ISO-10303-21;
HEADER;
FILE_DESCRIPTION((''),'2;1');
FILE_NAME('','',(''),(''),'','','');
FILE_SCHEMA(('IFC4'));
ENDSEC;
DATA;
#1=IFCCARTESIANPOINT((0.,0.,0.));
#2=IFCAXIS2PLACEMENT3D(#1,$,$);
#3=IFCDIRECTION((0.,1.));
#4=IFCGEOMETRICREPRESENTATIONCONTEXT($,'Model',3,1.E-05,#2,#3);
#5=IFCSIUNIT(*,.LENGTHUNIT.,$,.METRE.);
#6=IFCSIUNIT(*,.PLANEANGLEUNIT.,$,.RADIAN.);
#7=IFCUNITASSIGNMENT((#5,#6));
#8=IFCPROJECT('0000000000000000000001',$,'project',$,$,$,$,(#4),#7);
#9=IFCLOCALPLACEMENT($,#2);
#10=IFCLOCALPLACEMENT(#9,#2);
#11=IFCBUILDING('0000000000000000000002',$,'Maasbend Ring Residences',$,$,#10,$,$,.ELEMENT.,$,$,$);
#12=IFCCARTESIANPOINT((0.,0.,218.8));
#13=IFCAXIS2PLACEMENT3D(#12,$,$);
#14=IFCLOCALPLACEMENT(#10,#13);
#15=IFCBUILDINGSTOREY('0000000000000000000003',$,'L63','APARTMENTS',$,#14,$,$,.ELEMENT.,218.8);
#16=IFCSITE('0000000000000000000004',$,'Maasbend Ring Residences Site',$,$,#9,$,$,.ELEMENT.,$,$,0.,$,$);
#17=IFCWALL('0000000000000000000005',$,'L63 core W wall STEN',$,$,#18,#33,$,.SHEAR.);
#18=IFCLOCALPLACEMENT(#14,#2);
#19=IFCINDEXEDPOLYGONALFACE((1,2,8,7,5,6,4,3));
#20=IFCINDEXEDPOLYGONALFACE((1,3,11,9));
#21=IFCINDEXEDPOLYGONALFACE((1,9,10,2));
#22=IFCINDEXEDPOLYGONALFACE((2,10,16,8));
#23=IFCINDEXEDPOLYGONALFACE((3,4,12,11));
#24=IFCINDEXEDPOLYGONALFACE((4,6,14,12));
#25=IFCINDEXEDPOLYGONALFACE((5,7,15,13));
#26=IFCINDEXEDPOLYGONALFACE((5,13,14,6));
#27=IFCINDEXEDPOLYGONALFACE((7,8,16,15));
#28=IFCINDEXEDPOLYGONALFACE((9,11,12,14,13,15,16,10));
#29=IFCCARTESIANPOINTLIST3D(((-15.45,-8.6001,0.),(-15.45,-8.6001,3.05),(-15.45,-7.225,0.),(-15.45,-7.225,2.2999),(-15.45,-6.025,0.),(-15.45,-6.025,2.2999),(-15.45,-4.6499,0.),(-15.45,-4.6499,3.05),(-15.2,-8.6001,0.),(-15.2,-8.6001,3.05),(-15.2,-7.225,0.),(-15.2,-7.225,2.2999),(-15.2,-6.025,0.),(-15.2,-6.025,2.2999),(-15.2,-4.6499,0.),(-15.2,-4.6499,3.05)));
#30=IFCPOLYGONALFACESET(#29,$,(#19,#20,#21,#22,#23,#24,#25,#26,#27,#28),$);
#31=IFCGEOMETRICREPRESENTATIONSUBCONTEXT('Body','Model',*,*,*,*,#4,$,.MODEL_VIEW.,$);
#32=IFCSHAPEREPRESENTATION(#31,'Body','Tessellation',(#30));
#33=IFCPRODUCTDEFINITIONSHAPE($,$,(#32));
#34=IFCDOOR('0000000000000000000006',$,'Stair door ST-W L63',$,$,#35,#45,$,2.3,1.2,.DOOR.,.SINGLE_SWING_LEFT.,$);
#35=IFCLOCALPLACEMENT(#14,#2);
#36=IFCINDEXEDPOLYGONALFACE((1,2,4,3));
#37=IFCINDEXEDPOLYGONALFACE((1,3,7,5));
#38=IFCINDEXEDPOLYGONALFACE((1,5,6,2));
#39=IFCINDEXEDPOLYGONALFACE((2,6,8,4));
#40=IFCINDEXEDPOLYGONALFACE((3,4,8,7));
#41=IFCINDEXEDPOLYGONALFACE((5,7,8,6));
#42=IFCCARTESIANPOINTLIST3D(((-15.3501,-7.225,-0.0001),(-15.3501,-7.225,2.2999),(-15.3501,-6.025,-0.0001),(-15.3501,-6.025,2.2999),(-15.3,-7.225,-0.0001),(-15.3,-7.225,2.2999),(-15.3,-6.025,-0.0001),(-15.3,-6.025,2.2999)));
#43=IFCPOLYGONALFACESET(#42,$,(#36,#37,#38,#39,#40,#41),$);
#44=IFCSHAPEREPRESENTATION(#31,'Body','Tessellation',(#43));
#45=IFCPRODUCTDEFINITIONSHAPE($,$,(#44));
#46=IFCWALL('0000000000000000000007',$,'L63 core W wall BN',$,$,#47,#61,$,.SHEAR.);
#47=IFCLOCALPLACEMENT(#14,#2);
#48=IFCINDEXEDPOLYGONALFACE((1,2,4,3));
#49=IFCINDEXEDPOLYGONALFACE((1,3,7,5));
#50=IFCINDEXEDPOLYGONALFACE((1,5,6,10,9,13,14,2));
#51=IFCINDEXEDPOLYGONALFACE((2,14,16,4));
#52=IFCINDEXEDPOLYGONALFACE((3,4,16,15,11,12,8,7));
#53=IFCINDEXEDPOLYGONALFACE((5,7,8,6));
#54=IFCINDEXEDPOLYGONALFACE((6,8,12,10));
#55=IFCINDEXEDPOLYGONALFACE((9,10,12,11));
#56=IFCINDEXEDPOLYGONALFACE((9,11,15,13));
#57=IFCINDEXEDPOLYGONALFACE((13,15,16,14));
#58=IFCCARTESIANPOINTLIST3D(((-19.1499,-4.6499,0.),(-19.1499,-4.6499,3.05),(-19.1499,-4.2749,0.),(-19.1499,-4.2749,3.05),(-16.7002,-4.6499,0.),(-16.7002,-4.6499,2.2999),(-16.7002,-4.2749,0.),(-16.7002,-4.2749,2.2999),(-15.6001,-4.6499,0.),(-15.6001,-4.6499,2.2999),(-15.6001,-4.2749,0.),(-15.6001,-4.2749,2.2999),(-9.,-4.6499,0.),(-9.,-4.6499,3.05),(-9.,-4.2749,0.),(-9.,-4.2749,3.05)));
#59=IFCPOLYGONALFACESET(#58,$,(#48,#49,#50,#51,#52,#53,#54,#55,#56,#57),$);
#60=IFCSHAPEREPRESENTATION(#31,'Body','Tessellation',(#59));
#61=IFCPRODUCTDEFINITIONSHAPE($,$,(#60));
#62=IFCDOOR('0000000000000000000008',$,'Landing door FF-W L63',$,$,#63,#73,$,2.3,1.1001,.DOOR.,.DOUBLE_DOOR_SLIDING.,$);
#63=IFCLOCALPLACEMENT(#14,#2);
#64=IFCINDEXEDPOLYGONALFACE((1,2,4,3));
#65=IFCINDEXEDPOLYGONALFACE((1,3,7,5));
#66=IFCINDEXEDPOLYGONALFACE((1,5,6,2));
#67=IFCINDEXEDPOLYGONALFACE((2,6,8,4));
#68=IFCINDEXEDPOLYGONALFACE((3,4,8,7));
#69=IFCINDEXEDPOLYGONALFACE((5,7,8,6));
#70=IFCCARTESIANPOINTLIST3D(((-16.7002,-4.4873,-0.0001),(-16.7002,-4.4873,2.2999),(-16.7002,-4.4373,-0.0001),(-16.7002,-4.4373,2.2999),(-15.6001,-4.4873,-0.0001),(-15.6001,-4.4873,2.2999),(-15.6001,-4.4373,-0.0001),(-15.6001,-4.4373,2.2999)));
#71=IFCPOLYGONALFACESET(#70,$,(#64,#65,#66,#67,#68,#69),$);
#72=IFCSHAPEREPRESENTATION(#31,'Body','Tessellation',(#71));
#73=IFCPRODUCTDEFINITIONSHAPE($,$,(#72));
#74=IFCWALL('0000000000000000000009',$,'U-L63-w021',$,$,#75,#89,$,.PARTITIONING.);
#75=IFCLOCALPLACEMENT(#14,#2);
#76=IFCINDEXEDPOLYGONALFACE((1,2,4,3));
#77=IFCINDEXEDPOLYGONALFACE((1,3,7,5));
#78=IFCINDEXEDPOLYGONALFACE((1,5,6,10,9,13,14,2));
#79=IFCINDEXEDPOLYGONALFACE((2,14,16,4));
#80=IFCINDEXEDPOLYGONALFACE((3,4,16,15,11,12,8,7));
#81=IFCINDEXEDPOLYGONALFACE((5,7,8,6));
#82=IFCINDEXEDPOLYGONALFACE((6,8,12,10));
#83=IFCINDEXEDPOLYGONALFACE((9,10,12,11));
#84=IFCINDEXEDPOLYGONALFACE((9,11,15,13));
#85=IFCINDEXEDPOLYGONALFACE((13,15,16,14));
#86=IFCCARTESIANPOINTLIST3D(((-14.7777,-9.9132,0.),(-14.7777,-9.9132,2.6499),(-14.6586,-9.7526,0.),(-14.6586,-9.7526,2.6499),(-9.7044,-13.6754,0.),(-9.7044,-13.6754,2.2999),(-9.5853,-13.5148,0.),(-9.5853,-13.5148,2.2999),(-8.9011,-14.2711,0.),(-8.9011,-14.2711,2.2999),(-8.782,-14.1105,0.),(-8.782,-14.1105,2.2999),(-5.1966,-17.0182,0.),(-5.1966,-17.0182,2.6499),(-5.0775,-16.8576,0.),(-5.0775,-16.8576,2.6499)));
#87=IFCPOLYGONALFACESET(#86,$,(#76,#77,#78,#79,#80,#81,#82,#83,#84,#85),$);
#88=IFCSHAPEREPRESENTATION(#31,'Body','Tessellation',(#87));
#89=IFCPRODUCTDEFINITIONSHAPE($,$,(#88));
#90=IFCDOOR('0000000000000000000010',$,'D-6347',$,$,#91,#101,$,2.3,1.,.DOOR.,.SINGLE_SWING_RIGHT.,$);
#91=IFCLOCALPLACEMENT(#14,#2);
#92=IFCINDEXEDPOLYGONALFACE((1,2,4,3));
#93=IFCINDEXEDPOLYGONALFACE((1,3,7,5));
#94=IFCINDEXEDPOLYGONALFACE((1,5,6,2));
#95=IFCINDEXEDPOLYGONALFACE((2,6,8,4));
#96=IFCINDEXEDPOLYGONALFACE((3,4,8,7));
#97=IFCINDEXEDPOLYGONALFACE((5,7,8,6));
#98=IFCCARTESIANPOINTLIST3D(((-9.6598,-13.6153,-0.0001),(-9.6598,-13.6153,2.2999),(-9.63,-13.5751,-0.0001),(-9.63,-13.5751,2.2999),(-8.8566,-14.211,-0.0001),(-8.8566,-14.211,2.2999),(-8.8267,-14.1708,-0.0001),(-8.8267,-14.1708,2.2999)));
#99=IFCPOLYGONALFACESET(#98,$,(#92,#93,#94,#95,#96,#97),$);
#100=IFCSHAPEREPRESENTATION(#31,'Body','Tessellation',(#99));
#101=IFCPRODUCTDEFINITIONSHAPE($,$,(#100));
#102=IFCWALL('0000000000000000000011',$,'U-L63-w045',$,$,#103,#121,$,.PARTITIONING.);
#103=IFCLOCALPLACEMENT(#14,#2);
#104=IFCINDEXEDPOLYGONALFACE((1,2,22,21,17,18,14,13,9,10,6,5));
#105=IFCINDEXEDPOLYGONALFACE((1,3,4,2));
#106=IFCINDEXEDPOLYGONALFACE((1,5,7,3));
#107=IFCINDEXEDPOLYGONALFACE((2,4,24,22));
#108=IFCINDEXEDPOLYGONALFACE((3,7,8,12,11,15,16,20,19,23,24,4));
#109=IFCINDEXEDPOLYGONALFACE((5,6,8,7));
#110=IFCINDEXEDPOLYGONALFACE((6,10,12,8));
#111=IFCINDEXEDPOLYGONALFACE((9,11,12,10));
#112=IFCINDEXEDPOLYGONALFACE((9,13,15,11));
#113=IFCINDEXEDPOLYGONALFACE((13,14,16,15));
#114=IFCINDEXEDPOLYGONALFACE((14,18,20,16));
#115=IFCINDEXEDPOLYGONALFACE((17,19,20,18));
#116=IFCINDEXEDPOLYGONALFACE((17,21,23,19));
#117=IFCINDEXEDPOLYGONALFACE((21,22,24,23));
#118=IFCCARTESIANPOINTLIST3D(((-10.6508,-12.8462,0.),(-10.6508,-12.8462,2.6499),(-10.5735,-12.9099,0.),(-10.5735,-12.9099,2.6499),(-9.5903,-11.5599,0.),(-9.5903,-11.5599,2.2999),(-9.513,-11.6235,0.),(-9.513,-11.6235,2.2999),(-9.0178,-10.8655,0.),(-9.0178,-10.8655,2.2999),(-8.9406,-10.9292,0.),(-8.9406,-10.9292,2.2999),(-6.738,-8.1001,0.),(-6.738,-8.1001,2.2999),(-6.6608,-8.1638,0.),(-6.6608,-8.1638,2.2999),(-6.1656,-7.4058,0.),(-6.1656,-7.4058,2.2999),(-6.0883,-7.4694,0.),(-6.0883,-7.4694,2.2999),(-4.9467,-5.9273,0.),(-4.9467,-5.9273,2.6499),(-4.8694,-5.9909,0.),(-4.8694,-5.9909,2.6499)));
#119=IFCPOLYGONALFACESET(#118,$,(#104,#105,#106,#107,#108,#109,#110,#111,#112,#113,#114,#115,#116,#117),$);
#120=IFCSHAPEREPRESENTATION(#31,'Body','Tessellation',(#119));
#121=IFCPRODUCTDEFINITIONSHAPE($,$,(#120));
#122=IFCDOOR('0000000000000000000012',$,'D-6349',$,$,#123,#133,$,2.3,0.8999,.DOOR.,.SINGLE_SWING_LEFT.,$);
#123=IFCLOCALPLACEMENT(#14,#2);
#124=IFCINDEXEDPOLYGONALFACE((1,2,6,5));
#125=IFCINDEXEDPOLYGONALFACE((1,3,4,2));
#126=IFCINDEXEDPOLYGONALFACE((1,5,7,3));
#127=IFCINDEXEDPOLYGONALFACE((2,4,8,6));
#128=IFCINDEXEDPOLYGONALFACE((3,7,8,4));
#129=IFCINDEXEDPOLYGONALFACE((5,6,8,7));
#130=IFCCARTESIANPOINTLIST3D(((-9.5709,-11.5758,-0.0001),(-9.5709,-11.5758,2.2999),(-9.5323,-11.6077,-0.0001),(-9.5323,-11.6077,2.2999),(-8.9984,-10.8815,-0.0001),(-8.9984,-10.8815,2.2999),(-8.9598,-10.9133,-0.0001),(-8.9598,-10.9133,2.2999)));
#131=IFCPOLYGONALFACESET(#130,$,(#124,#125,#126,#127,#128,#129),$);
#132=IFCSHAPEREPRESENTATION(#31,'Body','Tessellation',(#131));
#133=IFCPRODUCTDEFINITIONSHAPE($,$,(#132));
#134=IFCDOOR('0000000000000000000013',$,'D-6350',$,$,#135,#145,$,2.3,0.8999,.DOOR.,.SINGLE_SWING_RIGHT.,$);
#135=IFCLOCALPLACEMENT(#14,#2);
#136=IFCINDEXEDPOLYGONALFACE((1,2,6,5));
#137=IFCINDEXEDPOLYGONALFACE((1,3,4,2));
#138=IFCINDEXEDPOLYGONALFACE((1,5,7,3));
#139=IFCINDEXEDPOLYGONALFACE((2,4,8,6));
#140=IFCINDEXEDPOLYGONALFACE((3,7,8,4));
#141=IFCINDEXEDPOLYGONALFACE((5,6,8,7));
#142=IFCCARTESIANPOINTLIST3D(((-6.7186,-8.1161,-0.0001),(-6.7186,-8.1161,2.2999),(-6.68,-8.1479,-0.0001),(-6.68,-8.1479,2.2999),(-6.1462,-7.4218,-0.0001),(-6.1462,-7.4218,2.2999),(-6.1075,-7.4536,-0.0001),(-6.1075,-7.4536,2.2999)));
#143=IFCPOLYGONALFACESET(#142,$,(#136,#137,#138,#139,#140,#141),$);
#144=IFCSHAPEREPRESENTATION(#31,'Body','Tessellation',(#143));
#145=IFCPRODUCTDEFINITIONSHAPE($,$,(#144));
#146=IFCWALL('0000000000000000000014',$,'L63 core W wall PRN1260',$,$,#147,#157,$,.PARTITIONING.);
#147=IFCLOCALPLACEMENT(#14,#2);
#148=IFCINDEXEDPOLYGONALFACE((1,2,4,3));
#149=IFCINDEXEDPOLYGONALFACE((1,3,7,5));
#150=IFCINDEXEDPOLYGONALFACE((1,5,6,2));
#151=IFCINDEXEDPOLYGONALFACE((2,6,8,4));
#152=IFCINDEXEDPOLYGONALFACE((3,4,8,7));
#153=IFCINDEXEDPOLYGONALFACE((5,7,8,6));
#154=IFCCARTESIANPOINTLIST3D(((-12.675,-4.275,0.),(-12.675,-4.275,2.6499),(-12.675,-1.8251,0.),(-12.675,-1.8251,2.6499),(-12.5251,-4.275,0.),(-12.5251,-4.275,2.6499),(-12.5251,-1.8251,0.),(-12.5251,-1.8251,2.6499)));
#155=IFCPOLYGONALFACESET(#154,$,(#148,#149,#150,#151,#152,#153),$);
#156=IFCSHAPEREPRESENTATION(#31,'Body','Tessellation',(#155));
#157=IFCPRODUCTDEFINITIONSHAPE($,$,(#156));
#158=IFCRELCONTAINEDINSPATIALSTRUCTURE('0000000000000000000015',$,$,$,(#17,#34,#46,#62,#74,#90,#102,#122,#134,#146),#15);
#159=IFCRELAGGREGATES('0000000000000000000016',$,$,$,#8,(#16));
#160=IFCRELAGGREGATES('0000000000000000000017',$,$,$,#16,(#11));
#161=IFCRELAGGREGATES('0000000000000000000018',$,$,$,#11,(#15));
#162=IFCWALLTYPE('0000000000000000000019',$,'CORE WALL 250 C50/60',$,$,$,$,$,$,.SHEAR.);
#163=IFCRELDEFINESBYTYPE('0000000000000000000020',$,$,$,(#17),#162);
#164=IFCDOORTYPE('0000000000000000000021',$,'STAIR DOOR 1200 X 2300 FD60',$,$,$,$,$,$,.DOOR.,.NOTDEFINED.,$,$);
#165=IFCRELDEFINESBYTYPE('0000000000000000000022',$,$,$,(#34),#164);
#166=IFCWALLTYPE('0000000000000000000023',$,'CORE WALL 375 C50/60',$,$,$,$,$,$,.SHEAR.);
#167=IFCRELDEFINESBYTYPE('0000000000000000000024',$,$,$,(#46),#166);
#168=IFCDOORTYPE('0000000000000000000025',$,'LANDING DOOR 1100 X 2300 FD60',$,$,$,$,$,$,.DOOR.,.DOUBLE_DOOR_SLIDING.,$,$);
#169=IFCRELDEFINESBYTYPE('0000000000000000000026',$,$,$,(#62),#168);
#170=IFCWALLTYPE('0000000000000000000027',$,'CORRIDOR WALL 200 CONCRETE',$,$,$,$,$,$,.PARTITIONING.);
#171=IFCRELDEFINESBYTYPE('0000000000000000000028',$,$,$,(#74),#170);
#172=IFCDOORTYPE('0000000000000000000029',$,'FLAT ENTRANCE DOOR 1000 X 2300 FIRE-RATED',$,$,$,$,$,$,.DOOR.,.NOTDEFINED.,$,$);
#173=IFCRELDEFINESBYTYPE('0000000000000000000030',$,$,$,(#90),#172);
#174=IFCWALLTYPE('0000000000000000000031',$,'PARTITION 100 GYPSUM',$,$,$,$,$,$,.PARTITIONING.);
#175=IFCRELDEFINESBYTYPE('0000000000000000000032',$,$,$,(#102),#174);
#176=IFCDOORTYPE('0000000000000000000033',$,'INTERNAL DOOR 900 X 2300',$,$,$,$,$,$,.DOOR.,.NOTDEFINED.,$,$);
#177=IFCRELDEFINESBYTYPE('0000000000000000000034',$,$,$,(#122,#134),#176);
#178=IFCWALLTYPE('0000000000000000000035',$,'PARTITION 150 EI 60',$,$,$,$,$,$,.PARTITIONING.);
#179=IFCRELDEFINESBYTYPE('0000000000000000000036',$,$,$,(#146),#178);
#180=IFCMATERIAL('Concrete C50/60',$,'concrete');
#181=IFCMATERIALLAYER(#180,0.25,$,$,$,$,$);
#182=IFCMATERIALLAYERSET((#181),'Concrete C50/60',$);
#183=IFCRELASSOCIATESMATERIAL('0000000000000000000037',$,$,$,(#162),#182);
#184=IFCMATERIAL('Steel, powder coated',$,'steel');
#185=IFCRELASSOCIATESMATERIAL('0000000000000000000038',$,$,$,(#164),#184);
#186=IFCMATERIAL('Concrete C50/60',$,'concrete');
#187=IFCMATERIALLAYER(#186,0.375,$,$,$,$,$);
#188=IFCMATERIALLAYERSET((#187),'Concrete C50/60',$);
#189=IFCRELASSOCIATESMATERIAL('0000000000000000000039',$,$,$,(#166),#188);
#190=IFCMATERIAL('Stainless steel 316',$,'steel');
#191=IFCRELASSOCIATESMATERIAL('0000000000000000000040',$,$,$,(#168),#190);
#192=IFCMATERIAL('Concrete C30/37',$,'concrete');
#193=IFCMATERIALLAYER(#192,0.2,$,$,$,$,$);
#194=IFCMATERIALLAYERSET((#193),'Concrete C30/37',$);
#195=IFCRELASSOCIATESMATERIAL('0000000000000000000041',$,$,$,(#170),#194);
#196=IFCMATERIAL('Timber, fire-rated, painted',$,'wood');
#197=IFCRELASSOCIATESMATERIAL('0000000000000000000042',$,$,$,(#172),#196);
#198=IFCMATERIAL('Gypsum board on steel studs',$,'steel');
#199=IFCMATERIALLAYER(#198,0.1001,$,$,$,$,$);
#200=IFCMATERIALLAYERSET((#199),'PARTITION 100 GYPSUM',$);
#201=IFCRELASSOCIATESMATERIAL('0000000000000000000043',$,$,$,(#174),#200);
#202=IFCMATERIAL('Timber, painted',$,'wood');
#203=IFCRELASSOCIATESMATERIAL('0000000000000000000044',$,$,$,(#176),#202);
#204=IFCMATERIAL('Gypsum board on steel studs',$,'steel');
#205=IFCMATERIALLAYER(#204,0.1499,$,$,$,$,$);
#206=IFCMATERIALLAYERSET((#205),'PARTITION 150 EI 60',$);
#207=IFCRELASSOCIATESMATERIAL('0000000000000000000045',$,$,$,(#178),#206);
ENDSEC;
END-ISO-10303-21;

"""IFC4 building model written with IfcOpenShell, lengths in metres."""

from ifc_helpers import new_model, si_unit, direction, frame, frame_2d, origin, place, context, subcontext, project, spatial, rectangle, extrude, material, layer, layer_set, type_object, element, fill, save


model = new_model("IFC4")

# Units and contexts
model_context = context("Model", 3, precision=1e-05, world=origin(), true_north=direction((0.0, 1.0)))
body_context = subcontext(model_context, "Body", "Model", "MODEL_VIEW")
ifc_project = project(units=[si_unit("LENGTHUNIT", "METRE"), si_unit("PLANEANGLEUNIT", "RADIAN")], contexts=[model_context])

# Site, building, storey
site_placement = place(None, origin())
site = spatial("IfcSite", under=ifc_project, at=site_placement, Name="Maasbend Ring Residences Site", CompositionType="ELEMENT", RefElevation=0.0)
building_placement = place(site_placement, origin())
building = spatial("IfcBuilding", under=site, at=building_placement, Name="Maasbend Ring Residences", CompositionType="ELEMENT")
storey_placement = place(building_placement, frame((0.0, 0.0, 218.8)))
storey = spatial("IfcBuildingStorey", under=building, at=storey_placement, Name="L63", Description="APARTMENTS", CompositionType="ELEMENT", Elevation=218.8)

# Shared definitions
ifc_material_1 = material(Name="Concrete C50/60", Category="concrete")
ifc_layer_1 = layer(ifc_material_1, 0.25)
ifc_layer_set_1 = layer_set([ifc_layer_1], Name="Concrete C50/60")
wall_type_1 = type_object("IfcWallType", Name="CORE WALL 250 C50/60", PredefinedType="SHEAR", material=ifc_layer_set_1)

# Walls, openings, doors
wall_1_placement = place(storey_placement, frame((-15.325, -4.6499, 0.0), z_axis=(0.0, 0.0, 1.0), x_axis=(0.0, -1.0, 0.0)))
wall_1 = element("IfcWall", 1, at=wall_1_placement, inside=storey, type_object=wall_type_1, Name="L63 core W wall STEN", PredefinedType="SHEAR", context=body_context, shape_type="SweptSolid", body=[
    extrude(rectangle(XDim=3.9502, YDim=0.25, at=frame_2d((1.9751, 0.0))), origin(), (0.0, 0.0, 1.0), 3.05),
])
opening_1_placement = place(wall_1_placement, frame((1.375, 0.0, 0.0)))
opening_1 = element("IfcOpeningElement", 2, at=opening_1_placement, cuts=wall_1, PredefinedType="OPENING", context=body_context, shape_type="SweptSolid", body=[
    extrude(rectangle(XDim=1.2, YDim=2.3, at=frame_2d((0.6001, 1.1499))), frame((0.0, 0.135, 0.0), z_axis=(0.0, -1.0, 0.0), x_axis=(1.0, 0.0, 0.0)), (0.0, 0.0, 1.0), 0.27),
])
ifc_material_2 = material(Name="Steel, powder coated", Category="steel")
door_type_1 = type_object("IfcDoorType", Name="STAIR DOOR 1200 X 2300 FD60", OperationType="NOTDEFINED", PredefinedType="DOOR", material=ifc_material_2)
door_1_placement = place(opening_1_placement, origin())
door_1 = element("IfcDoor", 3, at=door_1_placement, inside=storey, type_object=door_type_1, Name="Stair door ST-W L63", OperationType="SINGLE_SWING_LEFT", OverallHeight=2.3, OverallWidth=1.2, PredefinedType="DOOR", context=body_context, shape_type="SweptSolid", body=[
    extrude(rectangle(XDim=1.2, YDim=2.3, at=frame_2d((0.6001, 1.1499))), frame((0.0, 0.0249, 0.0), z_axis=(0.0, -1.0, 0.0), x_axis=(1.0, 0.0, 0.0)), (0.0, 0.0, 1.0), 0.05),
])
fill(opening_1, door_1)
ifc_material_3 = material(Name="Concrete C50/60", Category="concrete")
ifc_layer_2 = layer(ifc_material_3, 0.375)
ifc_layer_set_2 = layer_set([ifc_layer_2], Name="Concrete C50/60")
wall_type_2 = type_object("IfcWallType", Name="CORE WALL 375 C50/60", PredefinedType="SHEAR", material=ifc_layer_set_2)
wall_2_placement = place(storey_placement, frame((-9.0, -4.4624, 0.0), z_axis=(0.0, 0.0, 1.0), x_axis=(-1.0, 0.0, 0.0)))
wall_2 = element("IfcWall", 4, at=wall_2_placement, inside=storey, type_object=wall_type_2, Name="L63 core W wall BN", PredefinedType="SHEAR", context=body_context, shape_type="SweptSolid", body=[
    extrude(rectangle(XDim=10.1499, YDim=0.375, at=frame_2d((5.075, 0.0))), origin(), (0.0, 0.0, 1.0), 3.05),
])
opening_2_placement = place(wall_2_placement, frame((6.6001, 0.0, 0.0)))
opening_2 = element("IfcOpeningElement", 5, at=opening_2_placement, cuts=wall_2, PredefinedType="OPENING", context=body_context, shape_type="SweptSolid", body=[
    extrude(rectangle(XDim=1.1001, YDim=2.3, at=frame_2d((0.55, 1.1499))), frame((0.0, 0.1975, 0.0), z_axis=(0.0, -1.0, 0.0), x_axis=(1.0, 0.0, 0.0)), (0.0, 0.0, 1.0), 0.395),
])
ifc_material_4 = material(Name="Stainless steel 316", Category="steel")
door_type_2 = type_object("IfcDoorType", Name="LANDING DOOR 1100 X 2300 FD60", OperationType="DOUBLE_DOOR_SLIDING", PredefinedType="DOOR", material=ifc_material_4)
door_2_placement = place(opening_2_placement, origin())
door_2 = element("IfcDoor", 6, at=door_2_placement, inside=storey, type_object=door_type_2, Name="Landing door FF-W L63", OperationType="DOUBLE_DOOR_SLIDING", OverallHeight=2.3, OverallWidth=1.1001, PredefinedType="DOOR", context=body_context, shape_type="SweptSolid", body=[
    extrude(rectangle(XDim=1.1001, YDim=2.3, at=frame_2d((0.55, 1.1499))), frame((0.0, 0.0249, 0.0), z_axis=(0.0, -1.0, 0.0), x_axis=(1.0, 0.0, 0.0)), (0.0, 0.0, 1.0), 0.05),
])
fill(opening_2, door_2)
ifc_material_5 = material(Name="Concrete C30/37", Category="concrete")
ifc_layer_3 = layer(ifc_material_5, 0.2)
ifc_layer_set_3 = layer_set([ifc_layer_3], Name="Concrete C30/37")
wall_type_3 = type_object("IfcWallType", Name="CORRIDOR WALL 200 CONCRETE", PredefinedType="PARTITIONING", material=ifc_layer_set_3)
wall_3_placement = place(storey_placement, frame((-14.718, -9.833, 0.0), z_axis=(0.0, 0.0, 1.0), x_axis=(0.80324, -0.595655, 0.0)))
wall_3 = element("IfcWall", 7, at=wall_3_placement, inside=storey, type_object=wall_type_3, Name="U-L63-w021", PredefinedType="PARTITIONING", context=body_context, shape_type="SweptSolid", body=[
    extrude(rectangle(XDim=11.928, YDim=0.2, at=frame_2d((5.9639, 0.0))), origin(), (0.0, 0.0, 1.0), 2.6499),
])
opening_3_placement = place(wall_3_placement, frame((6.3159, 0.0, 0.0)))
opening_3 = element("IfcOpeningElement", 8, at=opening_3_placement, cuts=wall_3, PredefinedType="OPENING", context=body_context, shape_type="SweptSolid", body=[
    extrude(rectangle(XDim=1.0, YDim=2.3, at=frame_2d((0.5, 1.1499))), frame((0.0, 0.1099, 0.0), z_axis=(0.0, -1.0, 0.0), x_axis=(1.0, 0.0, 0.0)), (0.0, 0.0, 1.0), 0.22),
])
ifc_material_6 = material(Name="Timber, fire-rated, painted", Category="wood")
door_type_3 = type_object("IfcDoorType", Name="FLAT ENTRANCE DOOR 1000 X 2300 FIRE-RATED", OperationType="NOTDEFINED", PredefinedType="DOOR", material=ifc_material_6)
door_3_placement = place(opening_3_placement, origin())
door_3 = element("IfcDoor", 9, at=door_3_placement, inside=storey, type_object=door_type_3, Name="D-6347", OperationType="SINGLE_SWING_RIGHT", OverallHeight=2.3, OverallWidth=1.0, PredefinedType="DOOR", context=body_context, shape_type="SweptSolid", body=[
    extrude(rectangle(XDim=1.0, YDim=2.3, at=frame_2d((0.5, 1.1499))), frame((0.0, 0.0249, 0.0), z_axis=(0.0, -1.0, 0.0), x_axis=(1.0, 0.0, 0.0)), (0.0, 0.0, 1.0), 0.05),
])
fill(opening_3, door_3)

# Wall, openings, doors
ifc_material_7 = material(Name="Gypsum board on steel studs", Category="steel")
ifc_layer_4 = layer(ifc_material_7, 0.1001)
ifc_layer_set_4 = layer_set([ifc_layer_4], Name="PARTITION 100 GYPSUM")
wall_type_4 = type_object("IfcWallType", Name="PARTITION 100 GYPSUM", PredefinedType="PARTITIONING", material=ifc_layer_set_4)
wall_4_placement = place(storey_placement, frame((-10.6121, -12.8779, 0.0), z_axis=(0.0, 0.0, 1.0), x_axis=(0.636116, 0.771594, 0.0)))
wall_4 = element("IfcWall", 10, at=wall_4_placement, inside=storey, type_object=wall_type_4, Name="U-L63-w045", PredefinedType="PARTITIONING", context=body_context, shape_type="SweptSolid", body=[
    extrude(rectangle(XDim=8.967, YDim=0.1001, at=frame_2d((4.4834, 0.0))), origin(), (0.0, 0.0, 1.0), 2.6499),
])
opening_4_placement = place(wall_4_placement, frame((1.667, 0.0, 0.0)))
opening_4 = element("IfcOpeningElement", 11, at=opening_4_placement, cuts=wall_4, PredefinedType="OPENING", context=body_context, shape_type="SweptSolid", body=[
    extrude(rectangle(XDim=0.8999, YDim=2.3, at=frame_2d((0.45, 1.1499))), frame((0.0, 0.0601, 0.0), z_axis=(0.0, -1.0, 0.0), x_axis=(1.0, 0.0, 0.0)), (0.0, 0.0, 1.0), 0.1201),
])
opening_5_placement = place(wall_4_placement, frame((6.1509, 0.0, 0.0)))
opening_5 = element("IfcOpeningElement", 12, at=opening_5_placement, cuts=wall_4, PredefinedType="OPENING", context=body_context, shape_type="SweptSolid", body=[
    extrude(rectangle(XDim=0.8999, YDim=2.3, at=frame_2d((0.45, 1.1499))), frame((0.0, 0.0601, 0.0), z_axis=(0.0, -1.0, 0.0), x_axis=(1.0, 0.0, 0.0)), (0.0, 0.0, 1.0), 0.1201),
])
ifc_material_8 = material(Name="Timber, painted", Category="wood")
door_type_4 = type_object("IfcDoorType", Name="INTERNAL DOOR 900 X 2300", OperationType="NOTDEFINED", PredefinedType="DOOR", material=ifc_material_8)
door_4_placement = place(opening_4_placement, origin())
door_4 = element("IfcDoor", 13, at=door_4_placement, inside=storey, type_object=door_type_4, Name="D-6349", OperationType="SINGLE_SWING_LEFT", OverallHeight=2.3, OverallWidth=0.8999, PredefinedType="DOOR", context=body_context, shape_type="SweptSolid", body=[
    extrude(rectangle(XDim=0.8999, YDim=2.3, at=frame_2d((0.45, 1.1499))), frame((0.0, 0.0249, 0.0), z_axis=(0.0, -1.0, 0.0), x_axis=(1.0, 0.0, 0.0)), (0.0, 0.0, 1.0), 0.05),
])
fill(opening_4, door_4)
door_5_placement = place(opening_5_placement, origin())
door_5 = element("IfcDoor", 14, at=door_5_placement, inside=storey, type_object=door_type_4, Name="D-6350", OperationType="SINGLE_SWING_RIGHT", OverallHeight=2.3, OverallWidth=0.8999, PredefinedType="DOOR", context=body_context, shape_type="SweptSolid", body=[
    extrude(rectangle(XDim=0.8999, YDim=2.3, at=frame_2d((0.45, 1.1499))), frame((0.0, 0.0249, 0.0), z_axis=(0.0, -1.0, 0.0), x_axis=(1.0, 0.0, 0.0)), (0.0, 0.0, 1.0), 0.05),
])
fill(opening_5, door_5)

# Wall
ifc_material_9 = material(Name="Gypsum board on steel studs", Category="steel")
ifc_layer_5 = layer(ifc_material_9, 0.1499)
ifc_layer_set_5 = layer_set([ifc_layer_5], Name="PARTITION 150 EI 60")
wall_type_5 = type_object("IfcWallType", Name="PARTITION 150 EI 60", PredefinedType="PARTITIONING", material=ifc_layer_set_5)
wall_5_placement = place(storey_placement, frame((-12.6001, -1.825, 0.0), z_axis=(0.0, 0.0, 1.0), x_axis=(0.0, -1.0, 0.0)))
element("IfcWall", 15, at=wall_5_placement, inside=storey, type_object=wall_type_5, Name="L63 core W wall PRN1260", PredefinedType="PARTITIONING", context=body_context, shape_type="SweptSolid", body=[
    extrude(rectangle(XDim=2.45, YDim=0.1499, at=frame_2d((1.2251, 0.0))), origin(), (0.0, 0.0, 1.0), 2.6499),
])

save(model, "model.ifc")
